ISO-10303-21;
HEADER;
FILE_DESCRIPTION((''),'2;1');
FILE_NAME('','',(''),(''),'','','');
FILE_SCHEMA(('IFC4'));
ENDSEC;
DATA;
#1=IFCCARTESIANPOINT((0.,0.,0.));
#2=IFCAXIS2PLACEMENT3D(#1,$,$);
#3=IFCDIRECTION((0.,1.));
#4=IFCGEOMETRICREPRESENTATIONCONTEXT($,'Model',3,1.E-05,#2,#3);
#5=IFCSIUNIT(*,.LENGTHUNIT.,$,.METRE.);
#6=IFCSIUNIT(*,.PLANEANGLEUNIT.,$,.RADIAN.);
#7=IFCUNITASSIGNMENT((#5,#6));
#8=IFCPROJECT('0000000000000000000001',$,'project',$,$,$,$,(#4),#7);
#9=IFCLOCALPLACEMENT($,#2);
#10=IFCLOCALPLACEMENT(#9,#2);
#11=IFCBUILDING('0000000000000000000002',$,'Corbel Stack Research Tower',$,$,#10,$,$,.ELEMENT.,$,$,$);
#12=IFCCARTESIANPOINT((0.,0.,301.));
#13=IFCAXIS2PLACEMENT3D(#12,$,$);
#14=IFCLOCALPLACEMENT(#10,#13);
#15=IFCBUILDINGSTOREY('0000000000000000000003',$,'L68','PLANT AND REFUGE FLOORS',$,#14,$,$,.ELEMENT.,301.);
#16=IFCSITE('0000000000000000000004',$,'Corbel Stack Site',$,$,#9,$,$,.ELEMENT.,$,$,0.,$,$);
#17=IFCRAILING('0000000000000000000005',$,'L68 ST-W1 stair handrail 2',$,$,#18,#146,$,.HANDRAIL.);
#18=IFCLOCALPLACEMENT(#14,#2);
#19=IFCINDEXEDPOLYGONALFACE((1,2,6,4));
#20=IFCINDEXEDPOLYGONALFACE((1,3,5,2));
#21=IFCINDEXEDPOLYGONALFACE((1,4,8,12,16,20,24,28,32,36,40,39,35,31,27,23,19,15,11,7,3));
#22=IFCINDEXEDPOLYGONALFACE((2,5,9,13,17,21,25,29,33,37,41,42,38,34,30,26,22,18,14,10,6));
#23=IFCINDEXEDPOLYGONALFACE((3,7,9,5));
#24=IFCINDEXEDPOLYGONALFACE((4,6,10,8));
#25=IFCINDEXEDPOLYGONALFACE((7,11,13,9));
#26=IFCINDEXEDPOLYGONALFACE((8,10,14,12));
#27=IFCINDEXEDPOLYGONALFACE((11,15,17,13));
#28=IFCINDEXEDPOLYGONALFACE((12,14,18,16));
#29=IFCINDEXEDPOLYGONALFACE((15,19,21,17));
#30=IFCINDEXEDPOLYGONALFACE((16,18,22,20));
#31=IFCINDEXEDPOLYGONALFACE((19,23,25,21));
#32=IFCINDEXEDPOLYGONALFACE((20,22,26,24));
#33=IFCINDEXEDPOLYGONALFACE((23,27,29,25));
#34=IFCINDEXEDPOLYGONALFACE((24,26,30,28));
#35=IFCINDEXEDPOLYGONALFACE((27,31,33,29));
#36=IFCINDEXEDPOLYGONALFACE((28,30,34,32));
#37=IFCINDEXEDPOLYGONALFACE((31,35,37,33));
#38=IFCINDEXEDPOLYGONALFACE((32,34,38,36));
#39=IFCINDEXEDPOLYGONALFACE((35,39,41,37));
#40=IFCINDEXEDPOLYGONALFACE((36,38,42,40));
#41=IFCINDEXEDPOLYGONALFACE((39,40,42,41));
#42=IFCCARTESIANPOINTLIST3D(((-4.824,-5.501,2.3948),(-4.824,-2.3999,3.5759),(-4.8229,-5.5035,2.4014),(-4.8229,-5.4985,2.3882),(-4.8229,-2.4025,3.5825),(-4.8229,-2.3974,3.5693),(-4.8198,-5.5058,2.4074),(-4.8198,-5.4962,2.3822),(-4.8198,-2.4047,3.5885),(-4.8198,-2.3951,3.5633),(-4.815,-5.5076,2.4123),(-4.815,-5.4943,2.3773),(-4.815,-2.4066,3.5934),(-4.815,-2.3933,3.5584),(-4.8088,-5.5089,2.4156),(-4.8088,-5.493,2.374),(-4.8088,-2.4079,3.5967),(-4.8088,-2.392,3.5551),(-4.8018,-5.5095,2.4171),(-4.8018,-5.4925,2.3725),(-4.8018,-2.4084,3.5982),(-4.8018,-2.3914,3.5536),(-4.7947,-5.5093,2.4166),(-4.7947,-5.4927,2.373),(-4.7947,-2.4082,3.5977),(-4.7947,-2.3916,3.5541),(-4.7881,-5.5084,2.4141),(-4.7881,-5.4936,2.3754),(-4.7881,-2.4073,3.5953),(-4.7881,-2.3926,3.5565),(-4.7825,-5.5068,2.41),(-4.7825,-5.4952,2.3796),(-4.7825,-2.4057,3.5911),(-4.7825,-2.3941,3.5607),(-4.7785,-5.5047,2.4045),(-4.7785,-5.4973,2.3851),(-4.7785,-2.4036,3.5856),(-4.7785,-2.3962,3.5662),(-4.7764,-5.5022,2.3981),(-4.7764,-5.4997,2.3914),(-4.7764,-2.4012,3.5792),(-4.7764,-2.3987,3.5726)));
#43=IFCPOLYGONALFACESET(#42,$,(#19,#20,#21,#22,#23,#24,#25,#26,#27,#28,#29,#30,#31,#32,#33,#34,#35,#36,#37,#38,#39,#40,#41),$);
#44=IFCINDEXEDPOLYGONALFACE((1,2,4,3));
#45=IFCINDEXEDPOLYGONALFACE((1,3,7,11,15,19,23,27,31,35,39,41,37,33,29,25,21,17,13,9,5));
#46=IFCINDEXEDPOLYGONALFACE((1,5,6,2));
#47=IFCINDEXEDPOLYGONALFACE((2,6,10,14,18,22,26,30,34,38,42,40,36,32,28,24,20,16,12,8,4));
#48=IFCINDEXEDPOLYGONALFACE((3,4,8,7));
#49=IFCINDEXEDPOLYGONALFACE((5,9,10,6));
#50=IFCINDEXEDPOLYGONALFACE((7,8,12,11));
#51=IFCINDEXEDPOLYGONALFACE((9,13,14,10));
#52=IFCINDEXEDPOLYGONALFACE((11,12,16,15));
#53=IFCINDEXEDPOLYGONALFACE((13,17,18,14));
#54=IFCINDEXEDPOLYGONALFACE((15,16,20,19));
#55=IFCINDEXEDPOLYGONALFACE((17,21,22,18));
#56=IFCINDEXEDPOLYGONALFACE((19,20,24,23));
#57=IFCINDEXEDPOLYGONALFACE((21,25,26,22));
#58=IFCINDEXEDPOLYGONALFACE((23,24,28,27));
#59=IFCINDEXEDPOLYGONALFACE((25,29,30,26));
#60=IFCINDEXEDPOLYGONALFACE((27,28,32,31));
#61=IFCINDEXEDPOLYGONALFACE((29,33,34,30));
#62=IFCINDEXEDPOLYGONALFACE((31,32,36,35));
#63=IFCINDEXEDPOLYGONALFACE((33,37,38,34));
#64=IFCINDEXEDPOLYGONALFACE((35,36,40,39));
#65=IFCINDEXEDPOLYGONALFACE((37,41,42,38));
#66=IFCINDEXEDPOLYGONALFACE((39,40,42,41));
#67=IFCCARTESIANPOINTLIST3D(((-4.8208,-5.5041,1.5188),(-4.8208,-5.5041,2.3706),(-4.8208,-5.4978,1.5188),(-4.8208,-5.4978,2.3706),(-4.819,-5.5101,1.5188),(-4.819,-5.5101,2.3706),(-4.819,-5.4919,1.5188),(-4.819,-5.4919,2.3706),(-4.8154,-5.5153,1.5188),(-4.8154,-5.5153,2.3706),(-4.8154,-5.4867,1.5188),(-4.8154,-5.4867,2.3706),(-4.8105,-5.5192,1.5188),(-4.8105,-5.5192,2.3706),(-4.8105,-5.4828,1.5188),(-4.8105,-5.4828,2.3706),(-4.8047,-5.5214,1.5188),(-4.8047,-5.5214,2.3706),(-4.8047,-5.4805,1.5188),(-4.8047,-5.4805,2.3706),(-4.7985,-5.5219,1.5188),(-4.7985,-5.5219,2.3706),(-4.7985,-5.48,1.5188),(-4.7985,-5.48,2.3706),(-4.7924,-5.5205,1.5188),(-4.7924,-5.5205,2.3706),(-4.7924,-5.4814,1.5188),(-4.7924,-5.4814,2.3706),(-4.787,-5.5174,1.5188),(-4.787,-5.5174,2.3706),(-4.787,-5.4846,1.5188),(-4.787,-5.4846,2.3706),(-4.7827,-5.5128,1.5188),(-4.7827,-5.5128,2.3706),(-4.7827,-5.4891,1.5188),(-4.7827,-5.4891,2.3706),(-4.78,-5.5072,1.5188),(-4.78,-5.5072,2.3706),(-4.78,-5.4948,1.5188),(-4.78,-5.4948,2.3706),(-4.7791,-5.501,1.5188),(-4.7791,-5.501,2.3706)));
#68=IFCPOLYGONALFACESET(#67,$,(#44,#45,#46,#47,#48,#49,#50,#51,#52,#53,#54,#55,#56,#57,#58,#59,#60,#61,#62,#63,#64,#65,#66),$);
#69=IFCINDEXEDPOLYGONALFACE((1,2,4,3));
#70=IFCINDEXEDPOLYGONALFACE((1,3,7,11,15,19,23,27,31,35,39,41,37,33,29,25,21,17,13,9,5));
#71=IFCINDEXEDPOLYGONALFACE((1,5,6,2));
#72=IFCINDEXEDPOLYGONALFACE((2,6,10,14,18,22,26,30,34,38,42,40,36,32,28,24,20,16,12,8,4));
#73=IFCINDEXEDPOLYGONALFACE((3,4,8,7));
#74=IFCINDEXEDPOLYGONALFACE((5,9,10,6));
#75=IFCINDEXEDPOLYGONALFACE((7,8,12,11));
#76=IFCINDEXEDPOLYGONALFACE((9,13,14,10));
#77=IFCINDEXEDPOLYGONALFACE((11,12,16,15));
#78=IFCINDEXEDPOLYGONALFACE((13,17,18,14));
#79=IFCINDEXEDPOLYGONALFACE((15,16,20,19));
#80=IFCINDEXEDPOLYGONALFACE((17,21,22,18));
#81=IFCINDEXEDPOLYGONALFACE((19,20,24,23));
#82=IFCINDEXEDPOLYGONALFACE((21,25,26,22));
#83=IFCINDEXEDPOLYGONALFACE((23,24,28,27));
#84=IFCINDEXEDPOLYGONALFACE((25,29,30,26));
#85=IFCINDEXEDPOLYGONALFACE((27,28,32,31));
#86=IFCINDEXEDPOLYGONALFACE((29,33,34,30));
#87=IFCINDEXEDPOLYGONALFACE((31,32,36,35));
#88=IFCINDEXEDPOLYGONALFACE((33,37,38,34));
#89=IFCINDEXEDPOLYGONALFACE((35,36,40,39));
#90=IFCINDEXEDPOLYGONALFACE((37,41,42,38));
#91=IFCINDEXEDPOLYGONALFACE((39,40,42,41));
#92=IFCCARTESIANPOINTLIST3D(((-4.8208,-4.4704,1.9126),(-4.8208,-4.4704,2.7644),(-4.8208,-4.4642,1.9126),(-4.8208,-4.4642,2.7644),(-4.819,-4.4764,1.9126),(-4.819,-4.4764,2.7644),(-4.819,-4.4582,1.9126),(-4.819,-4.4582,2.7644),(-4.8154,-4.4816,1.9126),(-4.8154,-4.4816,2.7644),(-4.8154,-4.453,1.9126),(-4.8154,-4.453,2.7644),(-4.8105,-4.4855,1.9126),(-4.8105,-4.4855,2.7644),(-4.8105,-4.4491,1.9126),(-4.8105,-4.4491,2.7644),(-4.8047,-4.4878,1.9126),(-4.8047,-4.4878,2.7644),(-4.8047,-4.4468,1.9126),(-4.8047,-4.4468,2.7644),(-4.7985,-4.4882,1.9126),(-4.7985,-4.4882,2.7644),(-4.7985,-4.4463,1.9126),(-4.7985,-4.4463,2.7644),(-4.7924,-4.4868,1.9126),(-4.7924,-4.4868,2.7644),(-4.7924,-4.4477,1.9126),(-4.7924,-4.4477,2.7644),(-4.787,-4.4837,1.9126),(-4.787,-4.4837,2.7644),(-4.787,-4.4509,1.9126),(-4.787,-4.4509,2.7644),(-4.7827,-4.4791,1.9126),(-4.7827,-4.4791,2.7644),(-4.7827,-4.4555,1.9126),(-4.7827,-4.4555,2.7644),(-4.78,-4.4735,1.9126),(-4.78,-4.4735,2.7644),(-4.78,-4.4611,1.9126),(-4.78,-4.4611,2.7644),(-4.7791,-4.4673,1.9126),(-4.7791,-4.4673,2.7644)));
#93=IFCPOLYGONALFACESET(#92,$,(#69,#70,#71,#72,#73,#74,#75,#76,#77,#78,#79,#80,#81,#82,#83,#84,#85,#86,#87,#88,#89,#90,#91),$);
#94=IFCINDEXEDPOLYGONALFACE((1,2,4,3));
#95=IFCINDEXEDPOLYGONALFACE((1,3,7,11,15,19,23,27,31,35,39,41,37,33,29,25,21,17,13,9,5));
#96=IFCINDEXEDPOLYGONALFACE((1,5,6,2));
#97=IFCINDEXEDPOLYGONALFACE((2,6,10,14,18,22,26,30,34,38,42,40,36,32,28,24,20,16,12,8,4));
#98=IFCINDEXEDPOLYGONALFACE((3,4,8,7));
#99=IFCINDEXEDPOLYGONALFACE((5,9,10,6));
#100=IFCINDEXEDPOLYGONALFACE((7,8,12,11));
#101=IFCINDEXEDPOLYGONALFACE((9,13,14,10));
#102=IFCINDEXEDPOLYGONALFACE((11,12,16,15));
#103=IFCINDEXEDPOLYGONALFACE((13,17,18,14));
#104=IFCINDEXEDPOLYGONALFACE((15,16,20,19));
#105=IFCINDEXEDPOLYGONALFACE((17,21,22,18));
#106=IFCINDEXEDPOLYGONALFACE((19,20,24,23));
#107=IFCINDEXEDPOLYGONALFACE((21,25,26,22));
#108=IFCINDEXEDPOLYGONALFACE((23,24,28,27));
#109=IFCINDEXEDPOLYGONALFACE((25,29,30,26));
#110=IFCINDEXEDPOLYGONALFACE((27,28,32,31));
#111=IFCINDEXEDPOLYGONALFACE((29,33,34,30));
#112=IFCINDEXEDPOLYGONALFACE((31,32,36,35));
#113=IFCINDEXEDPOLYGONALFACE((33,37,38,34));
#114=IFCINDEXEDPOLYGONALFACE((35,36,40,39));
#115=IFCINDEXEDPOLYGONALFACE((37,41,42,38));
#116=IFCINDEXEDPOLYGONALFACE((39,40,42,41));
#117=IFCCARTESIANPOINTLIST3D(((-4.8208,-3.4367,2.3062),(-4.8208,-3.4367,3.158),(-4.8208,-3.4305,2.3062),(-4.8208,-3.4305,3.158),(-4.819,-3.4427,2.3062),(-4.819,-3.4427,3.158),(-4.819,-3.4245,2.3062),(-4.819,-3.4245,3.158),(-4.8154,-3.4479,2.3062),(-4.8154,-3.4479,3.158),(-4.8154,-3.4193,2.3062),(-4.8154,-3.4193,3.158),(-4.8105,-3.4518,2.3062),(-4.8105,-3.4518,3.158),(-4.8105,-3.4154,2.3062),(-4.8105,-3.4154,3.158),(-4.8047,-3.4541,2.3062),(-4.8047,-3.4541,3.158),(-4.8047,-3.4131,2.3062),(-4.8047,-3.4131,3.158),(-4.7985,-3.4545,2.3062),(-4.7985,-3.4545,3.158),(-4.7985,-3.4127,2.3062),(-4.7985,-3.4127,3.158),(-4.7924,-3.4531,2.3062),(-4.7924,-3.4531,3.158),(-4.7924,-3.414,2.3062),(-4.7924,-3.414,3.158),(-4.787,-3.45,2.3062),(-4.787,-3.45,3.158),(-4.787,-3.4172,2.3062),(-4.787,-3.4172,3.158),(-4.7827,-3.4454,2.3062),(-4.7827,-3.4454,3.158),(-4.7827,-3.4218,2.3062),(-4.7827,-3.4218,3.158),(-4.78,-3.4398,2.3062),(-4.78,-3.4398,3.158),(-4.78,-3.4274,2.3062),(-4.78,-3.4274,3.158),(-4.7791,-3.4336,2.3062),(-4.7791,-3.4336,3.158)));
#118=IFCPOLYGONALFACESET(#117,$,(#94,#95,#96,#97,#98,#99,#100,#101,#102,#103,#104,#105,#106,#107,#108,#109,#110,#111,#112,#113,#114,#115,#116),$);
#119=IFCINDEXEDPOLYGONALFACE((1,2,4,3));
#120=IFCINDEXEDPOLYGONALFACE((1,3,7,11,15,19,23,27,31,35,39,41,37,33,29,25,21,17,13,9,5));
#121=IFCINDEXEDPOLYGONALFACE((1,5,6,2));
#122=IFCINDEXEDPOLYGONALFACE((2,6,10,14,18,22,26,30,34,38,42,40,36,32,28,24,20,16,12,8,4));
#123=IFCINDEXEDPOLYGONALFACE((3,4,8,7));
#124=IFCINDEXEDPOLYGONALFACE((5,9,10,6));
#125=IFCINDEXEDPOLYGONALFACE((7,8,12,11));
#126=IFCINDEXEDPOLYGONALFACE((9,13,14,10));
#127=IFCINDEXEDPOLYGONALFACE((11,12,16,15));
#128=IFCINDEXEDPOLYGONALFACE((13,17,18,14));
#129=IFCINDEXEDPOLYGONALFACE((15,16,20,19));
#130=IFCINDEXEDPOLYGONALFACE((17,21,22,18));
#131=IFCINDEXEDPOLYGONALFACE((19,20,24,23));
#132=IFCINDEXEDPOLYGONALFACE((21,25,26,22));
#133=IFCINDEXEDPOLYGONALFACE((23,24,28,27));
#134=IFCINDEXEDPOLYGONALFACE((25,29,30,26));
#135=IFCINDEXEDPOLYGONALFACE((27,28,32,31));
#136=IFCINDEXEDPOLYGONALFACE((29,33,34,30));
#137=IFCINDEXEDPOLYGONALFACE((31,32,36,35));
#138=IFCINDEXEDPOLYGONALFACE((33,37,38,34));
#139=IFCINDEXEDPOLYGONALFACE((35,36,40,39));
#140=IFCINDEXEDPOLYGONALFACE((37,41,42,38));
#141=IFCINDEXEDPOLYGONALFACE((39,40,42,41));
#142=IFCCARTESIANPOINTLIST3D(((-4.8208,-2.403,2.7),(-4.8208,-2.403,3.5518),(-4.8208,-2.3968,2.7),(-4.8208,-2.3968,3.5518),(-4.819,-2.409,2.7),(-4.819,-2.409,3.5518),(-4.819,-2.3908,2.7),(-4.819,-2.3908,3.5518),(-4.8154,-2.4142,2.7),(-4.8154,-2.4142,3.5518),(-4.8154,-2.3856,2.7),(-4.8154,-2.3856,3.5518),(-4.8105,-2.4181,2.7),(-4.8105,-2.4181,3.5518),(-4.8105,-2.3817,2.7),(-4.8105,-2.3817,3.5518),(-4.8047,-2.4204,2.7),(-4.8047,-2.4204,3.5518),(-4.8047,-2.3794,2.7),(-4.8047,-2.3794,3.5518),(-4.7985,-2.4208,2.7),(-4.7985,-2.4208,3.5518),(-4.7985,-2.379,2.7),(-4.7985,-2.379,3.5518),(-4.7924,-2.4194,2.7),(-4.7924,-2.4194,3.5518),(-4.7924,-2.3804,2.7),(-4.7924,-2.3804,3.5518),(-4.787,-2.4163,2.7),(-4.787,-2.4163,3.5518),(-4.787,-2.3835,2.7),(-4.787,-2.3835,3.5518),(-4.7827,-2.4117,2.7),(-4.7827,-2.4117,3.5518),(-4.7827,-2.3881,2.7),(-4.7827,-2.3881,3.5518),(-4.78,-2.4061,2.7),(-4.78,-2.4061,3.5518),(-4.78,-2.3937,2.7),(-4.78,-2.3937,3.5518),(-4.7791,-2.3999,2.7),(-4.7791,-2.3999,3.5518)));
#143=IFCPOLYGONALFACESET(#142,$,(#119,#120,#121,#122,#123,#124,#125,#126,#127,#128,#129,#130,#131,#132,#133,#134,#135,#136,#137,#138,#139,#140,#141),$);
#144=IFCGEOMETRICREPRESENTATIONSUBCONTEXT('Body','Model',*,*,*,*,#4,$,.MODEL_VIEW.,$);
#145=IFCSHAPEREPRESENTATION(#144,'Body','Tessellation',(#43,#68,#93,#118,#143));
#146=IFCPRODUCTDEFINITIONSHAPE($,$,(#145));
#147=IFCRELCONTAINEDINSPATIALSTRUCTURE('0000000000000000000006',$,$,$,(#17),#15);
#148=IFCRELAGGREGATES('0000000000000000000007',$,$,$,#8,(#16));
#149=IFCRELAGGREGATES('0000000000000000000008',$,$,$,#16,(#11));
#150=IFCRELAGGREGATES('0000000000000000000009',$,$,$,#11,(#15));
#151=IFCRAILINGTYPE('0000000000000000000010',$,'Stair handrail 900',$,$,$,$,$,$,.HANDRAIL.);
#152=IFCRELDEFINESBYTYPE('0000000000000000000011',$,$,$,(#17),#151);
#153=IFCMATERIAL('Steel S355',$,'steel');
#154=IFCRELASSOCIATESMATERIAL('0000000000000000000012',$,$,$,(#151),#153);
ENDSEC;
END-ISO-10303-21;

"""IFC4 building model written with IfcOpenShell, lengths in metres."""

from ifc_helpers import new_model, si_unit, direction, frame, origin, origin_2d, place, context, subcontext, project, spatial, circle, extrude, material, type_object, element, save


model = new_model("IFC4")

# Units and contexts
model_context = context("Model", 3, precision=1e-05, world=origin(), true_north=direction((0.0, 1.0)))
body_context = subcontext(model_context, "Body", "Model", "MODEL_VIEW")
ifc_project = project(units=[si_unit("LENGTHUNIT", "METRE"), si_unit("PLANEANGLEUNIT", "RADIAN")], contexts=[model_context])

# Site, building, storey
site_placement = place(None, origin())
site = spatial("IfcSite", under=ifc_project, at=site_placement, Name="Corbel Stack Site", CompositionType="ELEMENT", RefElevation=0.0)
building_placement = place(site_placement, origin())
building = spatial("IfcBuilding", under=site, at=building_placement, Name="Corbel Stack Research Tower", CompositionType="ELEMENT")
storey_placement = place(building_placement, frame((0.0, 0.0, 301.0)))
storey = spatial("IfcBuildingStorey", under=building, at=storey_placement, Name="L68", Description="PLANT AND REFUGE FLOORS", CompositionType="ELEMENT", Elevation=301.0)

# Railing
ifc_material_1 = material(Name="Steel S355", Category="steel")
railing_type_1 = type_object("IfcRailingType", Name="Stair handrail 900", PredefinedType="HANDRAIL", material=ifc_material_1)
railing_1_placement = place(storey_placement, frame((-4.8, -5.501, 1.5188)))
element("IfcRailing", 1, at=railing_1_placement, inside=storey, type_object=railing_type_1, Name="L68 ST-W1 stair handrail 2", PredefinedType="HANDRAIL", context=body_context, shape_type="SweptSolid", body=[
    extrude(circle(Radius=0.0239, at=origin_2d()), frame((0.0, 0.0, 0.876), z_axis=(0.0, 0.934509, 0.35594), x_axis=(-1.0, 0.0, 0.0)), (0.0, 0.0, 1.0), 3.3184),
    extrude(circle(Radius=0.021, at=origin_2d()), origin(), (0.0, 0.0, 1.0), 0.8518),
    extrude(circle(Radius=0.021, at=origin_2d()), frame((0.0, 1.0337, 0.3938)), (0.0, 0.0, 1.0), 0.8518),
    extrude(circle(Radius=0.021, at=origin_2d()), frame((0.0, 2.0674, 0.7874)), (0.0, 0.0, 1.0), 0.8518),
    extrude(circle(Radius=0.021, at=origin_2d()), frame((0.0, 3.1011, 1.1812)), (0.0, 0.0, 1.0), 0.8518),
])

save(model, "model.ifc")
